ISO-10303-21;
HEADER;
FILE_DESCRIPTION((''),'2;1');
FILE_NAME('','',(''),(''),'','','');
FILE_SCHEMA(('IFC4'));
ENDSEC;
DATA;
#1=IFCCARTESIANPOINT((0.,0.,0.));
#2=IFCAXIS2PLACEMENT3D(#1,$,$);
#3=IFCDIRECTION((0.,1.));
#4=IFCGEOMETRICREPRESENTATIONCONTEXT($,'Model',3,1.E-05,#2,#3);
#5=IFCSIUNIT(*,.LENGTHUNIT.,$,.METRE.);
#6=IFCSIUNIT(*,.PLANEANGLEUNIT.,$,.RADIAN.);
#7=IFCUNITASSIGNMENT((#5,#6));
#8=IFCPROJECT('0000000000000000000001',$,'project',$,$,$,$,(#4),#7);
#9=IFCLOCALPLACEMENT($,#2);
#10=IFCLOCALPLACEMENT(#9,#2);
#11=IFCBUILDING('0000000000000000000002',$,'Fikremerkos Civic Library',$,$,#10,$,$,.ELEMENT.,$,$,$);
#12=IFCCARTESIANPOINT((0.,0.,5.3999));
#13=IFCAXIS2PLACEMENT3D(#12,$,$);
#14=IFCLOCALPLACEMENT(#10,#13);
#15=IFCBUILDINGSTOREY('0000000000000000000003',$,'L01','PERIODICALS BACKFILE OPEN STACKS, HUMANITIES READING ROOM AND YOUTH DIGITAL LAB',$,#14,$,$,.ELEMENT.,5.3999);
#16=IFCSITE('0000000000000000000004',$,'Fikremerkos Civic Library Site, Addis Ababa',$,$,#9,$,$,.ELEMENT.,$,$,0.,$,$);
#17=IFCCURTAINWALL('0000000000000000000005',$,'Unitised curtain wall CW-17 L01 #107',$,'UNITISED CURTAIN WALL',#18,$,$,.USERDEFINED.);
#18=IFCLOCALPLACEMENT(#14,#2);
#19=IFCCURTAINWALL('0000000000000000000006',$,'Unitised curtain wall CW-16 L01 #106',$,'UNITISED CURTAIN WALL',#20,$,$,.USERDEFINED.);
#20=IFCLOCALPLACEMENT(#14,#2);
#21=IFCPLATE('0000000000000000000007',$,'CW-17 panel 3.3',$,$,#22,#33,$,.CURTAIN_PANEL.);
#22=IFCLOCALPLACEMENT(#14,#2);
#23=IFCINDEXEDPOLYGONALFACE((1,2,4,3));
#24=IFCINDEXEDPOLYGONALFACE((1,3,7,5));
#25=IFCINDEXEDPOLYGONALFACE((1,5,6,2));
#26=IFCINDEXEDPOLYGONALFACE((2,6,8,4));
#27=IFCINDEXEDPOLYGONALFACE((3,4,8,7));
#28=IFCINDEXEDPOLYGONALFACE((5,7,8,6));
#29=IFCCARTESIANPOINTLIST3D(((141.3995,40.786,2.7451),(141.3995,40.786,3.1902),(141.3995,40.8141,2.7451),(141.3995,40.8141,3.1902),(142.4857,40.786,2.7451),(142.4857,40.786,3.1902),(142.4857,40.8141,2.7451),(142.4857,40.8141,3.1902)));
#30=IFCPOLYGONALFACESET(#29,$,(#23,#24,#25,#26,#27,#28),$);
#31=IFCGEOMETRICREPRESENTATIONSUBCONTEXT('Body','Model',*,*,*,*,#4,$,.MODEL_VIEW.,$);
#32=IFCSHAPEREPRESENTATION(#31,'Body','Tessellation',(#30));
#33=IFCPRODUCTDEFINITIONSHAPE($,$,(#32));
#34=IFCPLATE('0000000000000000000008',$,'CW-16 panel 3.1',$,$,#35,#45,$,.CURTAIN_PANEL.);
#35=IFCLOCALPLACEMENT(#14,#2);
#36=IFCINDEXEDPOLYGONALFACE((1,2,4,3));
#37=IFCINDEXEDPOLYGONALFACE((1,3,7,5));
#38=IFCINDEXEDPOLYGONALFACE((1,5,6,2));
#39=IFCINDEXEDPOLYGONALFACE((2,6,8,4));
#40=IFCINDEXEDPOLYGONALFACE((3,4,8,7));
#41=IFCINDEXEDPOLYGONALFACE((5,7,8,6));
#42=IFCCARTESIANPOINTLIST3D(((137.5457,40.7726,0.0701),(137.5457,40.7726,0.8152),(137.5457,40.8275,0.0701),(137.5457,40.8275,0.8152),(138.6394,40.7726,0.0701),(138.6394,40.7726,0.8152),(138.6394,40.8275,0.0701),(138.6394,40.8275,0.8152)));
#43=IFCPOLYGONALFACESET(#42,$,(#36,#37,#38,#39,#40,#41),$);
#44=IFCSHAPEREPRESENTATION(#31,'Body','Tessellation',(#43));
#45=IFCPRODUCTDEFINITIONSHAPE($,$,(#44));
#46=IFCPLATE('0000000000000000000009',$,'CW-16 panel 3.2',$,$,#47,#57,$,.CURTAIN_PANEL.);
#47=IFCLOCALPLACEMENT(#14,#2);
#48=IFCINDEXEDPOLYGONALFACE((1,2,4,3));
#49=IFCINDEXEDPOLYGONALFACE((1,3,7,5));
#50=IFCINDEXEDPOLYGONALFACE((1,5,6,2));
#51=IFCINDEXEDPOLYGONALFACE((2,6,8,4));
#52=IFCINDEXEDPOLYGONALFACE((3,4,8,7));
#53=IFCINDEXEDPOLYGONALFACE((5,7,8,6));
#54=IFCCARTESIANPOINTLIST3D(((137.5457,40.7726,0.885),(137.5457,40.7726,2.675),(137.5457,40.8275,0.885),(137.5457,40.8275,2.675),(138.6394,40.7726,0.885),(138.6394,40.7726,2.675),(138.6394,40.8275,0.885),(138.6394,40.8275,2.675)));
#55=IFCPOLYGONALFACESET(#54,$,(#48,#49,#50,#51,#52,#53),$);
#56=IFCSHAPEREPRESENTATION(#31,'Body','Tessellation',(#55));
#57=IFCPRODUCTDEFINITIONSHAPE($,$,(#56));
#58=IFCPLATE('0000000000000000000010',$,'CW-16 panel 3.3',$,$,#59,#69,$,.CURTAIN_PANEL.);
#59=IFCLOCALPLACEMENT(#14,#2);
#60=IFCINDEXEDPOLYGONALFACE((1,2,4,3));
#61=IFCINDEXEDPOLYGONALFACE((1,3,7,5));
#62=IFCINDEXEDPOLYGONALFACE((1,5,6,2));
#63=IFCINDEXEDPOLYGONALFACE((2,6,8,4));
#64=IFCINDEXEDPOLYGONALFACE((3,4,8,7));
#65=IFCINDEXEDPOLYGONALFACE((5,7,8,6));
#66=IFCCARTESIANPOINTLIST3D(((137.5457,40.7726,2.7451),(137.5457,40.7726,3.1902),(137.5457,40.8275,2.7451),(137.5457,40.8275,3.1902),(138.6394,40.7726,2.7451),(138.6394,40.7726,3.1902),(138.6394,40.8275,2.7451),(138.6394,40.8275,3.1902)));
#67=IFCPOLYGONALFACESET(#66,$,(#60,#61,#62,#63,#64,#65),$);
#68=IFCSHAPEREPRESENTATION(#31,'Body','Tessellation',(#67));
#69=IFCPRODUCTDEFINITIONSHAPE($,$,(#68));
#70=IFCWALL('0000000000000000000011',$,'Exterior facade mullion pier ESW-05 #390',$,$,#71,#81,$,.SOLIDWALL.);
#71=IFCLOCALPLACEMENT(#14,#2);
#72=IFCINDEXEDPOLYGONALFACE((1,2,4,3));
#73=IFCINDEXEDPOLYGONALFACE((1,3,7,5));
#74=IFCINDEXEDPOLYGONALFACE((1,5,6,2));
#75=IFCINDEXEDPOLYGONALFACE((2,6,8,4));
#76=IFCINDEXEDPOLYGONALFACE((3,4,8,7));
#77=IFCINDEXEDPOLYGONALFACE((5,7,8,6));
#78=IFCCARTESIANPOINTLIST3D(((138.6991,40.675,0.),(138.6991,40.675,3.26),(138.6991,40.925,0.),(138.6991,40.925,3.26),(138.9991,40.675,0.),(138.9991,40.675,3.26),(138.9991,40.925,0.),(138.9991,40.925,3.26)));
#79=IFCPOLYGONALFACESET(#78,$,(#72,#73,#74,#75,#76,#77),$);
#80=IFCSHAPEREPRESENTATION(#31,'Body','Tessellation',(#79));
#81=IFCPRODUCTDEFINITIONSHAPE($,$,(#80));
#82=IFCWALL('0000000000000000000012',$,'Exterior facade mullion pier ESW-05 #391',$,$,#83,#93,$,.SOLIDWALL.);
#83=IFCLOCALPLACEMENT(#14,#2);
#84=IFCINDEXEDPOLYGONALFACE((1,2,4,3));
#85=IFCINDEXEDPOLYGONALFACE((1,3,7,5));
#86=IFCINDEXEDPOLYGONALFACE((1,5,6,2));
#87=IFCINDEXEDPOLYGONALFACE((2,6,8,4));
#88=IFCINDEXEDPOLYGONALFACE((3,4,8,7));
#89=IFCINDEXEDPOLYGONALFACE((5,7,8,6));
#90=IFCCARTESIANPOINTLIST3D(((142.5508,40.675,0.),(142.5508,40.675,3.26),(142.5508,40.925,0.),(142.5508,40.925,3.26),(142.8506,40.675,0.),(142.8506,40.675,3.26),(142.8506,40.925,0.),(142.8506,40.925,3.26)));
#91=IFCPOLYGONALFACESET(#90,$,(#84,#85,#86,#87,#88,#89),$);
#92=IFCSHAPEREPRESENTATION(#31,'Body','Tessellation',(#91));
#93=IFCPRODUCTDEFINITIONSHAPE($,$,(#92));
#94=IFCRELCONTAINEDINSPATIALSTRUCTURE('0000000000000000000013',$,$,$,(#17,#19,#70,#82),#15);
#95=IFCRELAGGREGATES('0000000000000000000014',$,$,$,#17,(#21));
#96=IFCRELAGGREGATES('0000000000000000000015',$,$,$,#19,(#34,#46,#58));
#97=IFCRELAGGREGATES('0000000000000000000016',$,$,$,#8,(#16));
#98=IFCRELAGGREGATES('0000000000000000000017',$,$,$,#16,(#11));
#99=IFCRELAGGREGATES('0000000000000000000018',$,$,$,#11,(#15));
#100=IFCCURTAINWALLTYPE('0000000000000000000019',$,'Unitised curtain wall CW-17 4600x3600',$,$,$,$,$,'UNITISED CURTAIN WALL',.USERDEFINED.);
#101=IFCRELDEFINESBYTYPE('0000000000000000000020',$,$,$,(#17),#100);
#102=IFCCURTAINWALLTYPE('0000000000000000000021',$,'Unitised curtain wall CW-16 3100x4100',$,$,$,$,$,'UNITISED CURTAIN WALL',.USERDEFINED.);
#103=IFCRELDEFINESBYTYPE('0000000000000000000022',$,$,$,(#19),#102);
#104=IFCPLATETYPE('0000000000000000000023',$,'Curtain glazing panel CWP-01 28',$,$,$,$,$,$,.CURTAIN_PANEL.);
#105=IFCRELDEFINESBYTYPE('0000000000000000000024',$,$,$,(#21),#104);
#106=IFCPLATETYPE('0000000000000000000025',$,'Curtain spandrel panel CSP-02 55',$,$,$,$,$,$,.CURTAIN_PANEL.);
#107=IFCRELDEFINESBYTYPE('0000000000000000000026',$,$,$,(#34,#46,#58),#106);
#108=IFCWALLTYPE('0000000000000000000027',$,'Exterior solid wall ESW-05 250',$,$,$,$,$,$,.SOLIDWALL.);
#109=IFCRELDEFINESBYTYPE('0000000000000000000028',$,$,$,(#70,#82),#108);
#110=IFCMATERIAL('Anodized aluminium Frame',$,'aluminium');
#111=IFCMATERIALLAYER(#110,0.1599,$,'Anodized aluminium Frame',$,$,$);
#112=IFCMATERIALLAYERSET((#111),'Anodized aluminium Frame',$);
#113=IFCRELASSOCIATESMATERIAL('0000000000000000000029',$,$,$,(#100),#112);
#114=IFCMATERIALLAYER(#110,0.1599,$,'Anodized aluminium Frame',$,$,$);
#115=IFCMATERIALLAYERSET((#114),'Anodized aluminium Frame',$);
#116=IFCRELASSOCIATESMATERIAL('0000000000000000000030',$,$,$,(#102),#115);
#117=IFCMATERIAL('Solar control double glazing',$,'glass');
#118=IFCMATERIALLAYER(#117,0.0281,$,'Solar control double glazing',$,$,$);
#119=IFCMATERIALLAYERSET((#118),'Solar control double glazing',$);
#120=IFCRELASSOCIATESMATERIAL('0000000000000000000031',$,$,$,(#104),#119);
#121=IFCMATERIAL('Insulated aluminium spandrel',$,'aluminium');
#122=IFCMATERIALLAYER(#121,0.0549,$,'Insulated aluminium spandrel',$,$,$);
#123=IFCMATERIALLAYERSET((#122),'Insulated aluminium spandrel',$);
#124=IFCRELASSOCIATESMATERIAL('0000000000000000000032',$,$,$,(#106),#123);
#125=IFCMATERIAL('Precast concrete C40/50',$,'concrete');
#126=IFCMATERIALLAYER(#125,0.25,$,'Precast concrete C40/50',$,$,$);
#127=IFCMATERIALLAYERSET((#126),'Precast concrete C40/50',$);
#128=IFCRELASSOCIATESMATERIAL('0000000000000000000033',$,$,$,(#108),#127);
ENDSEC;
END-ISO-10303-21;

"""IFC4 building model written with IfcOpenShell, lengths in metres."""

from ifc_helpers import new_model, si_unit, direction, frame, frame_2d, origin, origin_2d, place, context, subcontext, project, spatial, rectangle, extrude, material, layer, layer_set, type_object, element, aggregate, save


model = new_model("IFC4")

# Units and contexts
model_context = context("Model", 3, precision=1e-05, world=origin(), true_north=direction((0.0, 1.0)))
body_context = subcontext(model_context, "Body", "Model", "MODEL_VIEW")
ifc_project = project(units=[si_unit("LENGTHUNIT", "METRE"), si_unit("PLANEANGLEUNIT", "RADIAN")], contexts=[model_context])

# Site, building, storey
site_placement = place(None, origin())
site = spatial("IfcSite", under=ifc_project, at=site_placement, Name="Fikremerkos Civic Library Site, Addis Ababa", CompositionType="ELEMENT", RefElevation=0.0)
building_placement = place(site_placement, origin())
building = spatial("IfcBuilding", under=site, at=building_placement, Name="Fikremerkos Civic Library", CompositionType="ELEMENT")
storey_placement = place(building_placement, frame((0.0, 0.0, 5.3999)))
storey = spatial("IfcBuildingStorey", under=building, at=storey_placement, Name="L01", Description="PERIODICALS BACKFILE OPEN STACKS, HUMANITIES READING ROOM AND YOUTH DIGITAL LAB", CompositionType="ELEMENT", Elevation=5.3999)

# Curtain wall
ifc_material_1 = material(Name="Anodized aluminium Frame", Category="aluminium")
ifc_layer_1 = layer(ifc_material_1, 0.1599, Name="Anodized aluminium Frame")
ifc_layer_set_1 = layer_set([ifc_layer_1], Name="Anodized aluminium Frame")
curtain_wall_type_1 = type_object("IfcCurtainWallType", Name="Unitised curtain wall CW-17 4600x3600", ElementType="UNITISED CURTAIN WALL", PredefinedType="USERDEFINED", material=ifc_layer_set_1)
curtain_wall_1_placement = place(storey_placement, origin())
curtain_wall_1 = element("IfcCurtainWall", 1, at=curtain_wall_1_placement, inside=storey, type_object=curtain_wall_type_1, Name="Unitised curtain wall CW-17 L01 #107", ObjectType="UNITISED CURTAIN WALL", PredefinedType="USERDEFINED")

# Curtain wall
ifc_layer_2 = layer(ifc_material_1, 0.1599, Name="Anodized aluminium Frame")
ifc_layer_set_2 = layer_set([ifc_layer_2], Name="Anodized aluminium Frame")
curtain_wall_type_2 = type_object("IfcCurtainWallType", Name="Unitised curtain wall CW-16 3100x4100", ElementType="UNITISED CURTAIN WALL", PredefinedType="USERDEFINED", material=ifc_layer_set_2)
curtain_wall_2_placement = place(storey_placement, origin())
curtain_wall_2 = element("IfcCurtainWall", 2, at=curtain_wall_2_placement, inside=storey, type_object=curtain_wall_type_2, Name="Unitised curtain wall CW-16 L01 #106", ObjectType="UNITISED CURTAIN WALL", PredefinedType="USERDEFINED")

# Plates
ifc_material_2 = material(Name="Solar control double glazing", Category="glass")
ifc_layer_3 = layer(ifc_material_2, 0.0281, Name="Solar control double glazing")
ifc_layer_set_3 = layer_set([ifc_layer_3], Name="Solar control double glazing")
plate_type_1 = type_object("IfcPlateType", Name="Curtain glazing panel CWP-01 28", PredefinedType="CURTAIN_PANEL", material=ifc_layer_set_3)
plate_1_placement = place(storey_placement, frame((141.9426, 40.8, 2.7451), z_axis=(0.0, 0.0, 1.0), x_axis=(1.0, 0.0, 0.0)))
plate_1 = element("IfcPlate", 3, at=plate_1_placement, type_object=plate_type_1, Name="CW-17 panel 3.3", PredefinedType="CURTAIN_PANEL", context=body_context, shape_type="SweptSolid", body=[
    extrude(rectangle(XDim=1.0862, YDim=0.0281, at=origin_2d()), origin(), (0.0, 0.0, 1.0), 0.4451),
])
aggregate(curtain_wall_1, [plate_1])
ifc_material_3 = material(Name="Insulated aluminium spandrel", Category="aluminium")
ifc_layer_4 = layer(ifc_material_3, 0.0549, Name="Insulated aluminium spandrel")
ifc_layer_set_4 = layer_set([ifc_layer_4], Name="Insulated aluminium spandrel")
plate_type_2 = type_object("IfcPlateType", Name="Curtain spandrel panel CSP-02 55", PredefinedType="CURTAIN_PANEL", material=ifc_layer_set_4)
plate_2_placement = place(storey_placement, frame((138.0925, 40.8, 0.0701), z_axis=(0.0, 0.0, 1.0), x_axis=(1.0, 0.0, 0.0)))
plate_2 = element("IfcPlate", 4, at=plate_2_placement, type_object=plate_type_2, Name="CW-16 panel 3.1", PredefinedType="CURTAIN_PANEL", context=body_context, shape_type="SweptSolid", body=[
    extrude(rectangle(XDim=1.0938, YDim=0.0549, at=origin_2d()), origin(), (0.0, 0.0, 1.0), 0.7451),
])
plate_3_placement = place(storey_placement, frame((138.0925, 40.8, 0.885), z_axis=(0.0, 0.0, 1.0), x_axis=(1.0, 0.0, 0.0)))
plate_3 = element("IfcPlate", 5, at=plate_3_placement, type_object=plate_type_2, Name="CW-16 panel 3.2", PredefinedType="CURTAIN_PANEL", context=body_context, shape_type="SweptSolid", body=[
    extrude(rectangle(XDim=1.0938, YDim=0.0549, at=origin_2d()), origin(), (0.0, 0.0, 1.0), 1.79),
])
plate_4_placement = place(storey_placement, frame((138.0925, 40.8, 2.7451), z_axis=(0.0, 0.0, 1.0), x_axis=(1.0, 0.0, 0.0)))
plate_4 = element("IfcPlate", 6, at=plate_4_placement, type_object=plate_type_2, Name="CW-16 panel 3.3", PredefinedType="CURTAIN_PANEL", context=body_context, shape_type="SweptSolid", body=[
    extrude(rectangle(XDim=1.0938, YDim=0.0549, at=origin_2d()), origin(), (0.0, 0.0, 1.0), 0.4451),
])
aggregate(curtain_wall_2, [plate_2, plate_3, plate_4])

# Walls
ifc_material_4 = material(Name="Precast concrete C40/50", Category="concrete")
ifc_layer_5 = layer(ifc_material_4, 0.25, Name="Precast concrete C40/50")
ifc_layer_set_5 = layer_set([ifc_layer_5], Name="Precast concrete C40/50")
wall_type = type_object("IfcWallType", Name="Exterior solid wall ESW-05 250", PredefinedType="SOLIDWALL", material=ifc_layer_set_5)
wall_1_placement = place(storey_placement, frame((138.6992, 40.8, 0.0), z_axis=(0.0, 0.0, 1.0), x_axis=(1.0, 0.0, 0.0)))
element("IfcWall", 7, at=wall_1_placement, inside=storey, type_object=wall_type, Name="Exterior facade mullion pier ESW-05 #390", PredefinedType="SOLIDWALL", context=body_context, shape_type="SweptSolid", body=[
    extrude(rectangle(XDim=0.3, YDim=0.25, at=frame_2d((0.1499, 0.0))), origin(), (0.0, 0.0, 1.0), 3.26),
])
wall_2_placement = place(storey_placement, frame((142.5508, 40.8, 0.0), z_axis=(0.0, 0.0, 1.0), x_axis=(1.0, 0.0, 0.0)))
element("IfcWall", 8, at=wall_2_placement, inside=storey, type_object=wall_type, Name="Exterior facade mullion pier ESW-05 #391", PredefinedType="SOLIDWALL", context=body_context, shape_type="SweptSolid", body=[
    extrude(rectangle(XDim=0.2998, YDim=0.25, at=frame_2d((0.1499, 0.0))), origin(), (0.0, 0.0, 1.0), 3.26),
])

save(model, "model.ifc")
